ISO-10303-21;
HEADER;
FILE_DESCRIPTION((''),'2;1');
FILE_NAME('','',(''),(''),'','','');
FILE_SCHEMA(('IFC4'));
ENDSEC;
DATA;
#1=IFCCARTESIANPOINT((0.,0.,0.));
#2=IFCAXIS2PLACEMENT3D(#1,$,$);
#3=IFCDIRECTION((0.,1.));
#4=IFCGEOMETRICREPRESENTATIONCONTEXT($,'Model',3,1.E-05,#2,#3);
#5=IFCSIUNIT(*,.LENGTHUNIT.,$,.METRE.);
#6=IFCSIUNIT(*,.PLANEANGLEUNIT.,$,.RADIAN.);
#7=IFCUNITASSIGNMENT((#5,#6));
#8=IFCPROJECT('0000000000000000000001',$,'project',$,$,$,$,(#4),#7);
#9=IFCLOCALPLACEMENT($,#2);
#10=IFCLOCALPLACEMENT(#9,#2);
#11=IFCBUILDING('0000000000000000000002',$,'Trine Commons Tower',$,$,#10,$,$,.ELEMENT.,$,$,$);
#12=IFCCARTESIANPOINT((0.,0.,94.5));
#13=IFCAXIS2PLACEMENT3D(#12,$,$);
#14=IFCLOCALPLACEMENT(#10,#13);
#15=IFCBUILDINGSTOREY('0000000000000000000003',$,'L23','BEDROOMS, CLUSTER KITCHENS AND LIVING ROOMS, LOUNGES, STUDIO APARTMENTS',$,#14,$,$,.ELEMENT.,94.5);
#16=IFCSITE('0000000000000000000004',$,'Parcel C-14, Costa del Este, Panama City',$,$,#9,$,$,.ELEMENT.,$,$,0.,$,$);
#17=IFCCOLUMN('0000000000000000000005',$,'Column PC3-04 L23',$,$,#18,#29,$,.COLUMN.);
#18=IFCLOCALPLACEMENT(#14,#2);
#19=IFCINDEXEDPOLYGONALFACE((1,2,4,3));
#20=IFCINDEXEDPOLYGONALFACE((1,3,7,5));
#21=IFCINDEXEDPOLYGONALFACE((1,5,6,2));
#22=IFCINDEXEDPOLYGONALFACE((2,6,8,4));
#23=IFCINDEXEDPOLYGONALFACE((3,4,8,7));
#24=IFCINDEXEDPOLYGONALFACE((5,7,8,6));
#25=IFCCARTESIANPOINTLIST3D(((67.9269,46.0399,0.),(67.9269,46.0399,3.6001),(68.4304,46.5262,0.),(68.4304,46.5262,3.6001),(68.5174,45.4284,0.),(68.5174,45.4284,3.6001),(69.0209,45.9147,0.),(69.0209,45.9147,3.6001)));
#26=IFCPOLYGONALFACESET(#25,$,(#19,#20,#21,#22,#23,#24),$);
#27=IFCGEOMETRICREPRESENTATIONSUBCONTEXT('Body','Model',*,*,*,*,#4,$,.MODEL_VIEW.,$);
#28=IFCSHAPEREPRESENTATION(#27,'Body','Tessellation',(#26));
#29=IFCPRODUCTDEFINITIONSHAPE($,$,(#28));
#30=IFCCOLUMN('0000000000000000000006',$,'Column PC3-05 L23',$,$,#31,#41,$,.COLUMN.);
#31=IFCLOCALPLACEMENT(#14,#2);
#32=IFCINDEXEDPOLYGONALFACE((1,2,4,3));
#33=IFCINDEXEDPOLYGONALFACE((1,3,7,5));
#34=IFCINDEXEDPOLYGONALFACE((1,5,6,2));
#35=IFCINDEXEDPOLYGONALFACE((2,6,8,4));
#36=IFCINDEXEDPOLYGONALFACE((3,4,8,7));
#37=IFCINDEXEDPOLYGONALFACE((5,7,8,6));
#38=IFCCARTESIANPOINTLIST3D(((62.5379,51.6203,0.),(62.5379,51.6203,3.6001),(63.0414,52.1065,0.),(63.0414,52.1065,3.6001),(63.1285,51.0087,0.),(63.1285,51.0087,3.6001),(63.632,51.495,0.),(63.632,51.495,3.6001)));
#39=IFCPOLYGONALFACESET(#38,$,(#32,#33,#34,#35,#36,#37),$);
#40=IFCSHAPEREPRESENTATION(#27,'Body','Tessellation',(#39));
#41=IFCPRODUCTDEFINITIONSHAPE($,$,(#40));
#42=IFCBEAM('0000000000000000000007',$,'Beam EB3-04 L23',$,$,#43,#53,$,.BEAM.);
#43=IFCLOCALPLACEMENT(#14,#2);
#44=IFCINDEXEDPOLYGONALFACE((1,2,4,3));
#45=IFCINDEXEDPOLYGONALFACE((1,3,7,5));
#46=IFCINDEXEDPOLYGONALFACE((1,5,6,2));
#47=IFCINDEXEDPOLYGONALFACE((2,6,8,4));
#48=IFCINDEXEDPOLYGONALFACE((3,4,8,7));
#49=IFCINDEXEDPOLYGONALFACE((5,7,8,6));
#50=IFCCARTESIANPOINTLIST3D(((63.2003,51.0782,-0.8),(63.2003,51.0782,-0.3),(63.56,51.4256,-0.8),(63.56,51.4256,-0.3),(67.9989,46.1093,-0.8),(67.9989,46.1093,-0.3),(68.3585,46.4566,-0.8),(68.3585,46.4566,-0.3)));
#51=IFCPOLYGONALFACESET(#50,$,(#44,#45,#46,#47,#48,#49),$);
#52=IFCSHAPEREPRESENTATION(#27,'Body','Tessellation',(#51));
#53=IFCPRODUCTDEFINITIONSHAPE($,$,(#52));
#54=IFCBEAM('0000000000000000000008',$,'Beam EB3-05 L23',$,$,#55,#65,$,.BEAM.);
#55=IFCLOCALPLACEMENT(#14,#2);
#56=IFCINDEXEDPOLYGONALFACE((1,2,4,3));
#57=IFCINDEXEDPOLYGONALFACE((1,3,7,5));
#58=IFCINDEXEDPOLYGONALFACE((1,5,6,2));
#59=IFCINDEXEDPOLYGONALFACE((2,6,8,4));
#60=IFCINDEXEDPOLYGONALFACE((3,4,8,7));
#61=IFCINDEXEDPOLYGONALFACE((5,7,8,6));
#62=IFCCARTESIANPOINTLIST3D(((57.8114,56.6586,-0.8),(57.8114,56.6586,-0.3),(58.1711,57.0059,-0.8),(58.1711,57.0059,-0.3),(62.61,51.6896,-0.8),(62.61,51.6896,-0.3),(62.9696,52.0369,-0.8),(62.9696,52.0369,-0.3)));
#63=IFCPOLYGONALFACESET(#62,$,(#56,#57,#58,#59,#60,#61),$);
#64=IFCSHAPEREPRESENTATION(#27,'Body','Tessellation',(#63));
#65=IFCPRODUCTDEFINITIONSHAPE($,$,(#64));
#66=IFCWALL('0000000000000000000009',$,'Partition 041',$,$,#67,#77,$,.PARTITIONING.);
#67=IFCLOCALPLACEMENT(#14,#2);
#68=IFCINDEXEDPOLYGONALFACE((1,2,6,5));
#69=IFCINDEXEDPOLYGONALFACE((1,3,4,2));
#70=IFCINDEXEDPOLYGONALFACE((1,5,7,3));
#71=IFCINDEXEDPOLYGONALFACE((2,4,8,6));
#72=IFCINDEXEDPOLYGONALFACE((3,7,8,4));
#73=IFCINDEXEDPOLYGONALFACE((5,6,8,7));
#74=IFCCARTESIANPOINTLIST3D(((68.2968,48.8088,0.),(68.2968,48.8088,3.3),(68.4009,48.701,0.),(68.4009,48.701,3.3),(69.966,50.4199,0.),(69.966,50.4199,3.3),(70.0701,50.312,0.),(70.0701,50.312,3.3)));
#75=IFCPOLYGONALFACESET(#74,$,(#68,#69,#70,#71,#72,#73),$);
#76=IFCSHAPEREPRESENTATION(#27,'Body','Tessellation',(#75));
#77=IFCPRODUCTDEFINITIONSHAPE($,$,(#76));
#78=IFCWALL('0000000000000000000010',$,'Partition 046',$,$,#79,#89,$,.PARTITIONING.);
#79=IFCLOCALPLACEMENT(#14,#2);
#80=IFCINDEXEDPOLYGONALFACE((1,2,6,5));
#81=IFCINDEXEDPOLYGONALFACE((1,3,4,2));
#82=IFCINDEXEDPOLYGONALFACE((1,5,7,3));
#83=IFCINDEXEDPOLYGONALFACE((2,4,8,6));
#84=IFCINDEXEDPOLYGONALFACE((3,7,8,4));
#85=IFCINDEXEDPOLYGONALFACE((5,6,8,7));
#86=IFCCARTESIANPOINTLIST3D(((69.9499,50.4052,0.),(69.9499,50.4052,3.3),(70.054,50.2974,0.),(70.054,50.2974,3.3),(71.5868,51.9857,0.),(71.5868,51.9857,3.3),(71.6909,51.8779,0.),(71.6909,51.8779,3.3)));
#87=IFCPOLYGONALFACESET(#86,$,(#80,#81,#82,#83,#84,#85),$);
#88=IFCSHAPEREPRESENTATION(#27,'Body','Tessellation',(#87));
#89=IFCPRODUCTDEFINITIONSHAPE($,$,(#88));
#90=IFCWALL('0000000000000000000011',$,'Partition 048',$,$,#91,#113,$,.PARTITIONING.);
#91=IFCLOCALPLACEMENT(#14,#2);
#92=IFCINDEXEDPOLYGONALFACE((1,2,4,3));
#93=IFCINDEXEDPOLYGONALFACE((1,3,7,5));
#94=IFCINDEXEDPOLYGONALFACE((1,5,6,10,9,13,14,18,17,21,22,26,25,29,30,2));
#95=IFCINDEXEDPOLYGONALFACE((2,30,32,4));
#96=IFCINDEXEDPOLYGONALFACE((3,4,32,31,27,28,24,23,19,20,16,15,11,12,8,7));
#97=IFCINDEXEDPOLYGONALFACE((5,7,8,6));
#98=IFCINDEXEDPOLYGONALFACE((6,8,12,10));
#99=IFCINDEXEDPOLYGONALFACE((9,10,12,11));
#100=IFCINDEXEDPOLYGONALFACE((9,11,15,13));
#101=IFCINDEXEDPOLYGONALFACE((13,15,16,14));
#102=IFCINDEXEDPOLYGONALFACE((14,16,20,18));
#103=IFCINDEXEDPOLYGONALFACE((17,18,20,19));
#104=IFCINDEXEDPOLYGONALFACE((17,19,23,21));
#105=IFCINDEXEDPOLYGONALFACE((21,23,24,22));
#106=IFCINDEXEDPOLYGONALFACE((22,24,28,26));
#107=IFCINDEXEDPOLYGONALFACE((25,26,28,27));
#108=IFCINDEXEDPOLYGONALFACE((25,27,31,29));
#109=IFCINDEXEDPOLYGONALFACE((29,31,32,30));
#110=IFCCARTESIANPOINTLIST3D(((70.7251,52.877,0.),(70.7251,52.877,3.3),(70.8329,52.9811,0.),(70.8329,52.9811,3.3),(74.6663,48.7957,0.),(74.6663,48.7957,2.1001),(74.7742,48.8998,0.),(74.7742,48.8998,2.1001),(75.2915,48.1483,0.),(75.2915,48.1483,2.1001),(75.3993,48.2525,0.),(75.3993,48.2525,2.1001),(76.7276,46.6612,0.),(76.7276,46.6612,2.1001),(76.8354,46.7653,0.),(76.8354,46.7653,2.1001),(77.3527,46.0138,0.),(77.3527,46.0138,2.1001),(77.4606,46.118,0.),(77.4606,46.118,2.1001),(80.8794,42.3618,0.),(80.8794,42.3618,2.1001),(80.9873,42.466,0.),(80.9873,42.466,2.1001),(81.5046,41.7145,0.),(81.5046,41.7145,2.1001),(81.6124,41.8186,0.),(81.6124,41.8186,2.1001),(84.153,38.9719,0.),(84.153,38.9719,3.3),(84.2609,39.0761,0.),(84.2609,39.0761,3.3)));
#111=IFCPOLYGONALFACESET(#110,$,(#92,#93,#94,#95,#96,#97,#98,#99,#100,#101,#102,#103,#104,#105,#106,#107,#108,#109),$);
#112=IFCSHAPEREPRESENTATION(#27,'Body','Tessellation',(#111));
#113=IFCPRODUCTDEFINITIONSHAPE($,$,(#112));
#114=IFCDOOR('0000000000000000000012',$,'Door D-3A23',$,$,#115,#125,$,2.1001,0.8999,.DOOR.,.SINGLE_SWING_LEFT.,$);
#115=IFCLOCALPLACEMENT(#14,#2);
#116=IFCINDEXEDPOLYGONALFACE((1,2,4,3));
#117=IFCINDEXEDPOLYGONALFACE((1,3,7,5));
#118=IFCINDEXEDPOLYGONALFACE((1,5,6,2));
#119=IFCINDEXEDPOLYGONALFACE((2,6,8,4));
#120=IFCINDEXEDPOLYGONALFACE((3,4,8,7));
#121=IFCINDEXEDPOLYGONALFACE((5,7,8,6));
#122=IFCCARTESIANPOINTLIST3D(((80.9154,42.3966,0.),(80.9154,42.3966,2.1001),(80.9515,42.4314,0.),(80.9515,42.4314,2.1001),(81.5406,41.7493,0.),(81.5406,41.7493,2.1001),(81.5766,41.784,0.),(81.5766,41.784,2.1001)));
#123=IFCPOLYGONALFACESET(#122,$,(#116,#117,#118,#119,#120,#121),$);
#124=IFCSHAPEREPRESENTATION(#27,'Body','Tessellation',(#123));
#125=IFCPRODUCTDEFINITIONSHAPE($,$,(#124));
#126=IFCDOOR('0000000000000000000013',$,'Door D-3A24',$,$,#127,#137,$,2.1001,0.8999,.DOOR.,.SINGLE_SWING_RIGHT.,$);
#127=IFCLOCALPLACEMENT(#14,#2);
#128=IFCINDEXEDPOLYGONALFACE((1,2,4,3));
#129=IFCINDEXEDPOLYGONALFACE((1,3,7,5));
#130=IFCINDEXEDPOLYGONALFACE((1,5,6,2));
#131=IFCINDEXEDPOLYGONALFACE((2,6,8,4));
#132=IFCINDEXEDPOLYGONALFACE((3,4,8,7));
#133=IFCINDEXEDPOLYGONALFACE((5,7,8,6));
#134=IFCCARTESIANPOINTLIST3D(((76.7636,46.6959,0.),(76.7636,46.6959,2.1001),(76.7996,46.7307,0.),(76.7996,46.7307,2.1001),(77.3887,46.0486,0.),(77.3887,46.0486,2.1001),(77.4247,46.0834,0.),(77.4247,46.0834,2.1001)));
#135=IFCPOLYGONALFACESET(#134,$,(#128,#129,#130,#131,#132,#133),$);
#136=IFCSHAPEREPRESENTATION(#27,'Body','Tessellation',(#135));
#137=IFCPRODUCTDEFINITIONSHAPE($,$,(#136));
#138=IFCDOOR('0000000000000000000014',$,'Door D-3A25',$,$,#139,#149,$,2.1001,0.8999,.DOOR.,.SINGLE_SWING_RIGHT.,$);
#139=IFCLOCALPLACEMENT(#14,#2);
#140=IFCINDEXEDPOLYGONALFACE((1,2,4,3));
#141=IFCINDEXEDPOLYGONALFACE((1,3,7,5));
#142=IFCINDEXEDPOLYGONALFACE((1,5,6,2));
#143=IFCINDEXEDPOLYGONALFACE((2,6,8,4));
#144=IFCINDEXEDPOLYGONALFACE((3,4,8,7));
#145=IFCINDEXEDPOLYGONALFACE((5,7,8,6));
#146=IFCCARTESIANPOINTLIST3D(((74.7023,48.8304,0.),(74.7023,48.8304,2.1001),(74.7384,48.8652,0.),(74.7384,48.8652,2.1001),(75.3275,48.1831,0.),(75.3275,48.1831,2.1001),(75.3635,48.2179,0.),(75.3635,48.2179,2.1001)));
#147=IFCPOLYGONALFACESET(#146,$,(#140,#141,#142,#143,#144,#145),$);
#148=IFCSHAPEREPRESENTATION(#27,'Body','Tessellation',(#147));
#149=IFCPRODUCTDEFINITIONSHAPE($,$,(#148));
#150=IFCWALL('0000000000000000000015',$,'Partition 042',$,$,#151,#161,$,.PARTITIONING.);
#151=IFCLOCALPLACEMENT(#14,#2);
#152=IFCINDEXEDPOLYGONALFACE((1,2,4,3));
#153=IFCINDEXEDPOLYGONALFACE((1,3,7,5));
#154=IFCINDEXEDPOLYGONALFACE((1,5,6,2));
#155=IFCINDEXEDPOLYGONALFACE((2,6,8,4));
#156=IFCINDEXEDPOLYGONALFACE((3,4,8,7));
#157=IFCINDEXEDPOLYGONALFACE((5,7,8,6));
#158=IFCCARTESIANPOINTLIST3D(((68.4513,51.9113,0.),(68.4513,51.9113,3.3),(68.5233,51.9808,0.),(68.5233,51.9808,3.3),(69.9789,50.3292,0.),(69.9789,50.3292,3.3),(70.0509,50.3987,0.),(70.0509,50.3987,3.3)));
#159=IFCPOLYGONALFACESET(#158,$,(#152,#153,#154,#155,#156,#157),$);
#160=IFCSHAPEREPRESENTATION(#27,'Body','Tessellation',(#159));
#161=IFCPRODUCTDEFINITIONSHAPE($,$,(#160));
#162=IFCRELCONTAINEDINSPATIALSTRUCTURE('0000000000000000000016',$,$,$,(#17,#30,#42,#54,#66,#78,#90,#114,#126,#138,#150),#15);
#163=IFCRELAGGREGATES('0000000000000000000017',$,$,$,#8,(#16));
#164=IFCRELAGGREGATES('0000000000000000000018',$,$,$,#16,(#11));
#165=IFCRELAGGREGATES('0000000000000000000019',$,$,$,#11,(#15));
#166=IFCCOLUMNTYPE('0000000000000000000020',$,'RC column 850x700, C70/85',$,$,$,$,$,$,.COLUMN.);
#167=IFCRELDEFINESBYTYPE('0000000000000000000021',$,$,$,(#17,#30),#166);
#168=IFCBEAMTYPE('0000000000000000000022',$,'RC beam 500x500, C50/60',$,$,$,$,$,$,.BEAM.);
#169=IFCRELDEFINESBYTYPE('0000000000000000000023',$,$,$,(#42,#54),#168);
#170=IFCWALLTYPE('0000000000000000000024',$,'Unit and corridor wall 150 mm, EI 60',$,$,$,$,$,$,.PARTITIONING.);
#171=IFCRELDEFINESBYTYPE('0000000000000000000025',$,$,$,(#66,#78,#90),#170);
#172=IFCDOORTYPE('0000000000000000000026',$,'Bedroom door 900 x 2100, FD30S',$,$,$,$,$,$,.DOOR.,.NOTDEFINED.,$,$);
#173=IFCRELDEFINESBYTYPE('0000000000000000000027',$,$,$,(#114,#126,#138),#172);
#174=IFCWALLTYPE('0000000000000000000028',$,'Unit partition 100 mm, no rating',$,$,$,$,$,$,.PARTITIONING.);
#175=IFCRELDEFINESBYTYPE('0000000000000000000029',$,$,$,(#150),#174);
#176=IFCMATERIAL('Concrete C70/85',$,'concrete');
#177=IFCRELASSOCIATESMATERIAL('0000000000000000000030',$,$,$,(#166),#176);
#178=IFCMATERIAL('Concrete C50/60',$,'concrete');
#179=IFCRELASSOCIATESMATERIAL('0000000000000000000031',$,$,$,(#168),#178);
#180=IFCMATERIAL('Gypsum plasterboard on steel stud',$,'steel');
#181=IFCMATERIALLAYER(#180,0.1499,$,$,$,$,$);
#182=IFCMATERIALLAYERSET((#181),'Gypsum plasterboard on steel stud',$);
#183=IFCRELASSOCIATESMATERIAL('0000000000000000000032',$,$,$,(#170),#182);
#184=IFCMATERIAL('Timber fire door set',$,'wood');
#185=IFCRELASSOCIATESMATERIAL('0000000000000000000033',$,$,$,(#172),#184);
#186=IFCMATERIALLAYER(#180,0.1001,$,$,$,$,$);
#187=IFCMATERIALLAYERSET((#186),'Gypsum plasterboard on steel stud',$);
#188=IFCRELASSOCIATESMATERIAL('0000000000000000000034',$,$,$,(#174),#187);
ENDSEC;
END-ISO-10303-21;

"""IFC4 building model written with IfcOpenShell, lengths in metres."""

from ifc_helpers import new_model, si_unit, direction, frame, frame_2d, origin, origin_2d, place, context, subcontext, project, spatial, rectangle, extrude, material, layer, layer_set, material_profile, profile_set, type_object, element, fill, save


model = new_model("IFC4")

# Units and contexts
model_context = context("Model", 3, precision=1e-05, world=origin(), true_north=direction((0.0, 1.0)))
body_context = subcontext(model_context, "Body", "Model", "MODEL_VIEW")
ifc_project = project(units=[si_unit("LENGTHUNIT", "METRE"), si_unit("PLANEANGLEUNIT", "RADIAN")], contexts=[model_context])

# Site, building, storey
site_placement = place(None, origin())
site = spatial("IfcSite", under=ifc_project, at=site_placement, Name="Parcel C-14, Costa del Este, Panama City", CompositionType="ELEMENT", RefElevation=0.0)
building_placement = place(site_placement, origin())
building = spatial("IfcBuilding", under=site, at=building_placement, Name="Trine Commons Tower", CompositionType="ELEMENT")
storey_placement = place(building_placement, frame((0.0, 0.0, 94.5)))
storey = spatial("IfcBuildingStorey", under=building, at=storey_placement, Name="L23", Description="BEDROOMS, CLUSTER KITCHENS AND LIVING ROOMS, LOUNGES, STUDIO APARTMENTS", CompositionType="ELEMENT", Elevation=94.5)

# Columns
ifc_material_1 = material(Name="Concrete C70/85", Category="concrete")
ifc_material_profile_1 = material_profile(ifc_material_1, rectangle(XDim=0.8501, YDim=0.7, at=origin_2d()), Name="RC 850x700")
ifc_profile_set_1 = profile_set([ifc_material_profile_1], Name="Concrete C70/85")
column_type = type_object("IfcColumnType", Name="RC column 850x700, C70/85", PredefinedType="COLUMN", material=ifc_profile_set_1)
for number, where, z_axis, x_axis, name in (
    (1, (68.4739, 45.9773, 0.0), (0.0, 0.0, 1.0), (-0.694658, 0.71934, 0.0), "Column PC3-04 L23"),
    (2, (63.085, 51.5576, 0.0), (0.0, 0.0, 1.0), (-0.694658, 0.71934, 0.0), "Column PC3-05 L23"),
):
    element("IfcColumn", number, at=place(storey_placement, frame(where, z_axis=z_axis, x_axis=x_axis)), inside=storey, type_object=column_type, Name=name, PredefinedType="COLUMN", context=body_context, shape_type="SweptSolid", body=[
        extrude(rectangle(XDim=0.8501, YDim=0.7, at=origin_2d()), origin(), (0.0, 0.0, 1.0), 3.6001),
    ])

# Beams
ifc_material_2 = material(Name="Concrete C50/60", Category="concrete")
ifc_material_profile_2 = material_profile(ifc_material_2, rectangle(XDim=0.5, YDim=0.5, at=origin_2d()), Name="RC 500x500")
ifc_profile_set_2 = profile_set([ifc_material_profile_2], Name="Concrete C50/60")
beam_type = type_object("IfcBeamType", Name="RC beam 500x500, C50/60", PredefinedType="BEAM", material=ifc_profile_set_2)
for number, where, z_axis, x_axis, name in (
    (3, (68.1787, 46.283, -0.55), (-0.694665, 0.719334, 0.0), (-0.719334, -0.694665, 0.0), "Beam EB3-04 L23"),
    (4, (62.7898, 51.8633, -0.55), (-0.694665, 0.719334, 0.0), (-0.719334, -0.694665, 0.0), "Beam EB3-05 L23"),
):
    element("IfcBeam", number, at=place(storey_placement, frame(where, z_axis=z_axis, x_axis=x_axis)), inside=storey, type_object=beam_type, Name=name, PredefinedType="BEAM", context=body_context, shape_type="SweptSolid", body=[
        extrude(rectangle(XDim=0.5, YDim=0.5, at=origin_2d()), origin(), (0.0, 0.0, 1.0), 6.9077),
    ])

# Walls
ifc_material_3 = material(Name="Gypsum plasterboard on steel stud", Category="steel")
ifc_layer_1 = layer(ifc_material_3, 0.1499)
ifc_layer_set_1 = layer_set([ifc_layer_1], Name="Gypsum plasterboard on steel stud")
wall_type_1 = type_object("IfcWallType", Name="Unit and corridor wall 150 mm, EI 60", PredefinedType="PARTITIONING", material=ifc_layer_set_1)
wall_1_placement = place(storey_placement, frame((68.3489, 48.7549, 0.0), z_axis=(0.0, 0.0, 1.0), x_axis=(0.719519, 0.694472, 0.0)))
element("IfcWall", 5, at=wall_1_placement, inside=storey, type_object=wall_type_1, Name="Partition 041", PredefinedType="PARTITIONING", context=body_context, shape_type="SweptSolid", body=[
    extrude(rectangle(XDim=2.3198, YDim=0.1499, at=frame_2d((1.1599, 0.0))), origin(), (0.0, 0.0, 1.0), 3.3),
])
wall_2_placement = place(storey_placement, frame((70.002, 50.3513, 0.0), z_axis=(0.0, 0.0, 1.0), x_axis=(0.71939, 0.694606, 0.0)))
element("IfcWall", 6, at=wall_2_placement, inside=storey, type_object=wall_type_1, Name="Partition 046", PredefinedType="PARTITIONING", context=body_context, shape_type="SweptSolid", body=[
    extrude(rectangle(XDim=2.2754, YDim=0.1499, at=frame_2d((1.1377, 0.0))), origin(), (0.0, 0.0, 1.0), 3.3),
])

# Wall, openings, doors
wall_3_placement = place(storey_placement, frame((70.7791, 52.929, 0.0), z_axis=(0.0, 0.0, 1.0), x_axis=(0.69466, -0.719339, 0.0)))
wall_3 = element("IfcWall", 7, at=wall_3_placement, inside=storey, type_object=wall_type_1, Name="Partition 048", PredefinedType="PARTITIONING", context=body_context, shape_type="SweptSolid", body=[
    extrude(rectangle(XDim=19.3303, YDim=0.1499, at=frame_2d((9.665, 0.0))), origin(), (0.0, 0.0, 1.0), 3.3),
])
opening_1_placement = place(wall_3_placement, frame((14.6177, 0.0, 0.0)))
opening_1 = element("IfcOpeningElement", 8, at=opening_1_placement, cuts=wall_3, PredefinedType="OPENING", context=body_context, shape_type="SweptSolid", body=[
    extrude(rectangle(XDim=0.8999, YDim=2.1001, at=frame_2d((0.45, 1.05))), frame((0.0, 0.085, 0.0), z_axis=(0.0, -1.0, 0.0), x_axis=(1.0, 0.0, 0.0)), (0.0, 0.0, 1.0), 0.1699),
])
opening_2_placement = place(wall_3_placement, frame((8.6409, 0.0, 0.0)))
opening_2 = element("IfcOpeningElement", 9, at=opening_2_placement, cuts=wall_3, PredefinedType="OPENING", context=body_context, shape_type="SweptSolid", body=[
    extrude(rectangle(XDim=0.8999, YDim=2.1001, at=frame_2d((0.45, 1.05))), frame((0.0, 0.085, 0.0), z_axis=(0.0, -1.0, 0.0), x_axis=(1.0, 0.0, 0.0)), (0.0, 0.0, 1.0), 0.1699),
])
opening_3_placement = place(wall_3_placement, frame((5.6736, 0.0, 0.0)))
opening_3 = element("IfcOpeningElement", 10, at=opening_3_placement, cuts=wall_3, PredefinedType="OPENING", context=body_context, shape_type="SweptSolid", body=[
    extrude(rectangle(XDim=0.8999, YDim=2.1001, at=frame_2d((0.45, 1.05))), frame((0.0, 0.085, 0.0), z_axis=(0.0, -1.0, 0.0), x_axis=(1.0, 0.0, 0.0)), (0.0, 0.0, 1.0), 0.1699),
])
ifc_material_4 = material(Name="Timber fire door set", Category="wood")
door_type_1 = type_object("IfcDoorType", Name="Bedroom door 900 x 2100, FD30S", OperationType="NOTDEFINED", PredefinedType="DOOR", material=ifc_material_4)
door_1_placement = place(opening_1_placement, frame((0.8999, 0.0, 0.0), z_axis=(0.0, 0.0, 1.0), x_axis=(-1.0, 0.0, 0.0)))
door_1 = element("IfcDoor", 11, at=door_1_placement, inside=storey, type_object=door_type_1, Name="Door D-3A23", OperationType="SINGLE_SWING_LEFT", OverallHeight=2.1001, OverallWidth=0.8999, PredefinedType="DOOR", context=body_context, shape_type="SweptSolid", body=[
    extrude(rectangle(XDim=0.8999, YDim=2.1001, at=frame_2d((0.45, 1.05))), frame((0.0, 0.0249, 0.0), z_axis=(0.0, -1.0, 0.0), x_axis=(1.0, 0.0, 0.0)), (0.0, 0.0, 1.0), 0.05),
])
fill(opening_1, door_1)
door_2_placement = place(opening_2_placement, frame((0.8999, 0.0, 0.0), z_axis=(0.0, 0.0, 1.0), x_axis=(-1.0, 0.0, 0.0)))
door_2 = element("IfcDoor", 12, at=door_2_placement, inside=storey, type_object=door_type_1, Name="Door D-3A24", OperationType="SINGLE_SWING_RIGHT", OverallHeight=2.1001, OverallWidth=0.8999, PredefinedType="DOOR", context=body_context, shape_type="SweptSolid", body=[
    extrude(rectangle(XDim=0.8999, YDim=2.1001, at=frame_2d((0.45, 1.05))), frame((0.0, 0.0249, 0.0), z_axis=(0.0, -1.0, 0.0), x_axis=(1.0, 0.0, 0.0)), (0.0, 0.0, 1.0), 0.05),
])
fill(opening_2, door_2)
door_3_placement = place(opening_3_placement, frame((0.8999, 0.0, 0.0), z_axis=(0.0, 0.0, 1.0), x_axis=(-1.0, 0.0, 0.0)))
door_3 = element("IfcDoor", 13, at=door_3_placement, inside=storey, type_object=door_type_1, Name="Door D-3A25", OperationType="SINGLE_SWING_RIGHT", OverallHeight=2.1001, OverallWidth=0.8999, PredefinedType="DOOR", context=body_context, shape_type="SweptSolid", body=[
    extrude(rectangle(XDim=0.8999, YDim=2.1001, at=frame_2d((0.45, 1.05))), frame((0.0, 0.0249, 0.0), z_axis=(0.0, -1.0, 0.0), x_axis=(1.0, 0.0, 0.0)), (0.0, 0.0, 1.0), 0.05),
])
fill(opening_3, door_3)

# Wall
ifc_layer_2 = layer(ifc_material_3, 0.1001)
ifc_layer_set_2 = layer_set([ifc_layer_2], Name="Gypsum plasterboard on steel stud")
wall_type_2 = type_object("IfcWallType", Name="Unit partition 100 mm, no rating", PredefinedType="PARTITIONING", material=ifc_layer_set_2)
wall_4_placement = place(storey_placement, frame((68.4873, 51.946, 0.0), z_axis=(0.0, 0.0, 1.0), x_axis=(0.69462, -0.719377, 0.0)))
element("IfcWall", 14, at=wall_4_placement, inside=storey, type_object=wall_type_2, Name="Partition 042", PredefinedType="PARTITIONING", context=body_context, shape_type="SweptSolid", body=[
    extrude(rectangle(XDim=2.1992, YDim=0.1001, at=frame_2d((1.0996, 0.0))), origin(), (0.0, 0.0, 1.0), 3.3),
])

save(model, "model.ifc")
